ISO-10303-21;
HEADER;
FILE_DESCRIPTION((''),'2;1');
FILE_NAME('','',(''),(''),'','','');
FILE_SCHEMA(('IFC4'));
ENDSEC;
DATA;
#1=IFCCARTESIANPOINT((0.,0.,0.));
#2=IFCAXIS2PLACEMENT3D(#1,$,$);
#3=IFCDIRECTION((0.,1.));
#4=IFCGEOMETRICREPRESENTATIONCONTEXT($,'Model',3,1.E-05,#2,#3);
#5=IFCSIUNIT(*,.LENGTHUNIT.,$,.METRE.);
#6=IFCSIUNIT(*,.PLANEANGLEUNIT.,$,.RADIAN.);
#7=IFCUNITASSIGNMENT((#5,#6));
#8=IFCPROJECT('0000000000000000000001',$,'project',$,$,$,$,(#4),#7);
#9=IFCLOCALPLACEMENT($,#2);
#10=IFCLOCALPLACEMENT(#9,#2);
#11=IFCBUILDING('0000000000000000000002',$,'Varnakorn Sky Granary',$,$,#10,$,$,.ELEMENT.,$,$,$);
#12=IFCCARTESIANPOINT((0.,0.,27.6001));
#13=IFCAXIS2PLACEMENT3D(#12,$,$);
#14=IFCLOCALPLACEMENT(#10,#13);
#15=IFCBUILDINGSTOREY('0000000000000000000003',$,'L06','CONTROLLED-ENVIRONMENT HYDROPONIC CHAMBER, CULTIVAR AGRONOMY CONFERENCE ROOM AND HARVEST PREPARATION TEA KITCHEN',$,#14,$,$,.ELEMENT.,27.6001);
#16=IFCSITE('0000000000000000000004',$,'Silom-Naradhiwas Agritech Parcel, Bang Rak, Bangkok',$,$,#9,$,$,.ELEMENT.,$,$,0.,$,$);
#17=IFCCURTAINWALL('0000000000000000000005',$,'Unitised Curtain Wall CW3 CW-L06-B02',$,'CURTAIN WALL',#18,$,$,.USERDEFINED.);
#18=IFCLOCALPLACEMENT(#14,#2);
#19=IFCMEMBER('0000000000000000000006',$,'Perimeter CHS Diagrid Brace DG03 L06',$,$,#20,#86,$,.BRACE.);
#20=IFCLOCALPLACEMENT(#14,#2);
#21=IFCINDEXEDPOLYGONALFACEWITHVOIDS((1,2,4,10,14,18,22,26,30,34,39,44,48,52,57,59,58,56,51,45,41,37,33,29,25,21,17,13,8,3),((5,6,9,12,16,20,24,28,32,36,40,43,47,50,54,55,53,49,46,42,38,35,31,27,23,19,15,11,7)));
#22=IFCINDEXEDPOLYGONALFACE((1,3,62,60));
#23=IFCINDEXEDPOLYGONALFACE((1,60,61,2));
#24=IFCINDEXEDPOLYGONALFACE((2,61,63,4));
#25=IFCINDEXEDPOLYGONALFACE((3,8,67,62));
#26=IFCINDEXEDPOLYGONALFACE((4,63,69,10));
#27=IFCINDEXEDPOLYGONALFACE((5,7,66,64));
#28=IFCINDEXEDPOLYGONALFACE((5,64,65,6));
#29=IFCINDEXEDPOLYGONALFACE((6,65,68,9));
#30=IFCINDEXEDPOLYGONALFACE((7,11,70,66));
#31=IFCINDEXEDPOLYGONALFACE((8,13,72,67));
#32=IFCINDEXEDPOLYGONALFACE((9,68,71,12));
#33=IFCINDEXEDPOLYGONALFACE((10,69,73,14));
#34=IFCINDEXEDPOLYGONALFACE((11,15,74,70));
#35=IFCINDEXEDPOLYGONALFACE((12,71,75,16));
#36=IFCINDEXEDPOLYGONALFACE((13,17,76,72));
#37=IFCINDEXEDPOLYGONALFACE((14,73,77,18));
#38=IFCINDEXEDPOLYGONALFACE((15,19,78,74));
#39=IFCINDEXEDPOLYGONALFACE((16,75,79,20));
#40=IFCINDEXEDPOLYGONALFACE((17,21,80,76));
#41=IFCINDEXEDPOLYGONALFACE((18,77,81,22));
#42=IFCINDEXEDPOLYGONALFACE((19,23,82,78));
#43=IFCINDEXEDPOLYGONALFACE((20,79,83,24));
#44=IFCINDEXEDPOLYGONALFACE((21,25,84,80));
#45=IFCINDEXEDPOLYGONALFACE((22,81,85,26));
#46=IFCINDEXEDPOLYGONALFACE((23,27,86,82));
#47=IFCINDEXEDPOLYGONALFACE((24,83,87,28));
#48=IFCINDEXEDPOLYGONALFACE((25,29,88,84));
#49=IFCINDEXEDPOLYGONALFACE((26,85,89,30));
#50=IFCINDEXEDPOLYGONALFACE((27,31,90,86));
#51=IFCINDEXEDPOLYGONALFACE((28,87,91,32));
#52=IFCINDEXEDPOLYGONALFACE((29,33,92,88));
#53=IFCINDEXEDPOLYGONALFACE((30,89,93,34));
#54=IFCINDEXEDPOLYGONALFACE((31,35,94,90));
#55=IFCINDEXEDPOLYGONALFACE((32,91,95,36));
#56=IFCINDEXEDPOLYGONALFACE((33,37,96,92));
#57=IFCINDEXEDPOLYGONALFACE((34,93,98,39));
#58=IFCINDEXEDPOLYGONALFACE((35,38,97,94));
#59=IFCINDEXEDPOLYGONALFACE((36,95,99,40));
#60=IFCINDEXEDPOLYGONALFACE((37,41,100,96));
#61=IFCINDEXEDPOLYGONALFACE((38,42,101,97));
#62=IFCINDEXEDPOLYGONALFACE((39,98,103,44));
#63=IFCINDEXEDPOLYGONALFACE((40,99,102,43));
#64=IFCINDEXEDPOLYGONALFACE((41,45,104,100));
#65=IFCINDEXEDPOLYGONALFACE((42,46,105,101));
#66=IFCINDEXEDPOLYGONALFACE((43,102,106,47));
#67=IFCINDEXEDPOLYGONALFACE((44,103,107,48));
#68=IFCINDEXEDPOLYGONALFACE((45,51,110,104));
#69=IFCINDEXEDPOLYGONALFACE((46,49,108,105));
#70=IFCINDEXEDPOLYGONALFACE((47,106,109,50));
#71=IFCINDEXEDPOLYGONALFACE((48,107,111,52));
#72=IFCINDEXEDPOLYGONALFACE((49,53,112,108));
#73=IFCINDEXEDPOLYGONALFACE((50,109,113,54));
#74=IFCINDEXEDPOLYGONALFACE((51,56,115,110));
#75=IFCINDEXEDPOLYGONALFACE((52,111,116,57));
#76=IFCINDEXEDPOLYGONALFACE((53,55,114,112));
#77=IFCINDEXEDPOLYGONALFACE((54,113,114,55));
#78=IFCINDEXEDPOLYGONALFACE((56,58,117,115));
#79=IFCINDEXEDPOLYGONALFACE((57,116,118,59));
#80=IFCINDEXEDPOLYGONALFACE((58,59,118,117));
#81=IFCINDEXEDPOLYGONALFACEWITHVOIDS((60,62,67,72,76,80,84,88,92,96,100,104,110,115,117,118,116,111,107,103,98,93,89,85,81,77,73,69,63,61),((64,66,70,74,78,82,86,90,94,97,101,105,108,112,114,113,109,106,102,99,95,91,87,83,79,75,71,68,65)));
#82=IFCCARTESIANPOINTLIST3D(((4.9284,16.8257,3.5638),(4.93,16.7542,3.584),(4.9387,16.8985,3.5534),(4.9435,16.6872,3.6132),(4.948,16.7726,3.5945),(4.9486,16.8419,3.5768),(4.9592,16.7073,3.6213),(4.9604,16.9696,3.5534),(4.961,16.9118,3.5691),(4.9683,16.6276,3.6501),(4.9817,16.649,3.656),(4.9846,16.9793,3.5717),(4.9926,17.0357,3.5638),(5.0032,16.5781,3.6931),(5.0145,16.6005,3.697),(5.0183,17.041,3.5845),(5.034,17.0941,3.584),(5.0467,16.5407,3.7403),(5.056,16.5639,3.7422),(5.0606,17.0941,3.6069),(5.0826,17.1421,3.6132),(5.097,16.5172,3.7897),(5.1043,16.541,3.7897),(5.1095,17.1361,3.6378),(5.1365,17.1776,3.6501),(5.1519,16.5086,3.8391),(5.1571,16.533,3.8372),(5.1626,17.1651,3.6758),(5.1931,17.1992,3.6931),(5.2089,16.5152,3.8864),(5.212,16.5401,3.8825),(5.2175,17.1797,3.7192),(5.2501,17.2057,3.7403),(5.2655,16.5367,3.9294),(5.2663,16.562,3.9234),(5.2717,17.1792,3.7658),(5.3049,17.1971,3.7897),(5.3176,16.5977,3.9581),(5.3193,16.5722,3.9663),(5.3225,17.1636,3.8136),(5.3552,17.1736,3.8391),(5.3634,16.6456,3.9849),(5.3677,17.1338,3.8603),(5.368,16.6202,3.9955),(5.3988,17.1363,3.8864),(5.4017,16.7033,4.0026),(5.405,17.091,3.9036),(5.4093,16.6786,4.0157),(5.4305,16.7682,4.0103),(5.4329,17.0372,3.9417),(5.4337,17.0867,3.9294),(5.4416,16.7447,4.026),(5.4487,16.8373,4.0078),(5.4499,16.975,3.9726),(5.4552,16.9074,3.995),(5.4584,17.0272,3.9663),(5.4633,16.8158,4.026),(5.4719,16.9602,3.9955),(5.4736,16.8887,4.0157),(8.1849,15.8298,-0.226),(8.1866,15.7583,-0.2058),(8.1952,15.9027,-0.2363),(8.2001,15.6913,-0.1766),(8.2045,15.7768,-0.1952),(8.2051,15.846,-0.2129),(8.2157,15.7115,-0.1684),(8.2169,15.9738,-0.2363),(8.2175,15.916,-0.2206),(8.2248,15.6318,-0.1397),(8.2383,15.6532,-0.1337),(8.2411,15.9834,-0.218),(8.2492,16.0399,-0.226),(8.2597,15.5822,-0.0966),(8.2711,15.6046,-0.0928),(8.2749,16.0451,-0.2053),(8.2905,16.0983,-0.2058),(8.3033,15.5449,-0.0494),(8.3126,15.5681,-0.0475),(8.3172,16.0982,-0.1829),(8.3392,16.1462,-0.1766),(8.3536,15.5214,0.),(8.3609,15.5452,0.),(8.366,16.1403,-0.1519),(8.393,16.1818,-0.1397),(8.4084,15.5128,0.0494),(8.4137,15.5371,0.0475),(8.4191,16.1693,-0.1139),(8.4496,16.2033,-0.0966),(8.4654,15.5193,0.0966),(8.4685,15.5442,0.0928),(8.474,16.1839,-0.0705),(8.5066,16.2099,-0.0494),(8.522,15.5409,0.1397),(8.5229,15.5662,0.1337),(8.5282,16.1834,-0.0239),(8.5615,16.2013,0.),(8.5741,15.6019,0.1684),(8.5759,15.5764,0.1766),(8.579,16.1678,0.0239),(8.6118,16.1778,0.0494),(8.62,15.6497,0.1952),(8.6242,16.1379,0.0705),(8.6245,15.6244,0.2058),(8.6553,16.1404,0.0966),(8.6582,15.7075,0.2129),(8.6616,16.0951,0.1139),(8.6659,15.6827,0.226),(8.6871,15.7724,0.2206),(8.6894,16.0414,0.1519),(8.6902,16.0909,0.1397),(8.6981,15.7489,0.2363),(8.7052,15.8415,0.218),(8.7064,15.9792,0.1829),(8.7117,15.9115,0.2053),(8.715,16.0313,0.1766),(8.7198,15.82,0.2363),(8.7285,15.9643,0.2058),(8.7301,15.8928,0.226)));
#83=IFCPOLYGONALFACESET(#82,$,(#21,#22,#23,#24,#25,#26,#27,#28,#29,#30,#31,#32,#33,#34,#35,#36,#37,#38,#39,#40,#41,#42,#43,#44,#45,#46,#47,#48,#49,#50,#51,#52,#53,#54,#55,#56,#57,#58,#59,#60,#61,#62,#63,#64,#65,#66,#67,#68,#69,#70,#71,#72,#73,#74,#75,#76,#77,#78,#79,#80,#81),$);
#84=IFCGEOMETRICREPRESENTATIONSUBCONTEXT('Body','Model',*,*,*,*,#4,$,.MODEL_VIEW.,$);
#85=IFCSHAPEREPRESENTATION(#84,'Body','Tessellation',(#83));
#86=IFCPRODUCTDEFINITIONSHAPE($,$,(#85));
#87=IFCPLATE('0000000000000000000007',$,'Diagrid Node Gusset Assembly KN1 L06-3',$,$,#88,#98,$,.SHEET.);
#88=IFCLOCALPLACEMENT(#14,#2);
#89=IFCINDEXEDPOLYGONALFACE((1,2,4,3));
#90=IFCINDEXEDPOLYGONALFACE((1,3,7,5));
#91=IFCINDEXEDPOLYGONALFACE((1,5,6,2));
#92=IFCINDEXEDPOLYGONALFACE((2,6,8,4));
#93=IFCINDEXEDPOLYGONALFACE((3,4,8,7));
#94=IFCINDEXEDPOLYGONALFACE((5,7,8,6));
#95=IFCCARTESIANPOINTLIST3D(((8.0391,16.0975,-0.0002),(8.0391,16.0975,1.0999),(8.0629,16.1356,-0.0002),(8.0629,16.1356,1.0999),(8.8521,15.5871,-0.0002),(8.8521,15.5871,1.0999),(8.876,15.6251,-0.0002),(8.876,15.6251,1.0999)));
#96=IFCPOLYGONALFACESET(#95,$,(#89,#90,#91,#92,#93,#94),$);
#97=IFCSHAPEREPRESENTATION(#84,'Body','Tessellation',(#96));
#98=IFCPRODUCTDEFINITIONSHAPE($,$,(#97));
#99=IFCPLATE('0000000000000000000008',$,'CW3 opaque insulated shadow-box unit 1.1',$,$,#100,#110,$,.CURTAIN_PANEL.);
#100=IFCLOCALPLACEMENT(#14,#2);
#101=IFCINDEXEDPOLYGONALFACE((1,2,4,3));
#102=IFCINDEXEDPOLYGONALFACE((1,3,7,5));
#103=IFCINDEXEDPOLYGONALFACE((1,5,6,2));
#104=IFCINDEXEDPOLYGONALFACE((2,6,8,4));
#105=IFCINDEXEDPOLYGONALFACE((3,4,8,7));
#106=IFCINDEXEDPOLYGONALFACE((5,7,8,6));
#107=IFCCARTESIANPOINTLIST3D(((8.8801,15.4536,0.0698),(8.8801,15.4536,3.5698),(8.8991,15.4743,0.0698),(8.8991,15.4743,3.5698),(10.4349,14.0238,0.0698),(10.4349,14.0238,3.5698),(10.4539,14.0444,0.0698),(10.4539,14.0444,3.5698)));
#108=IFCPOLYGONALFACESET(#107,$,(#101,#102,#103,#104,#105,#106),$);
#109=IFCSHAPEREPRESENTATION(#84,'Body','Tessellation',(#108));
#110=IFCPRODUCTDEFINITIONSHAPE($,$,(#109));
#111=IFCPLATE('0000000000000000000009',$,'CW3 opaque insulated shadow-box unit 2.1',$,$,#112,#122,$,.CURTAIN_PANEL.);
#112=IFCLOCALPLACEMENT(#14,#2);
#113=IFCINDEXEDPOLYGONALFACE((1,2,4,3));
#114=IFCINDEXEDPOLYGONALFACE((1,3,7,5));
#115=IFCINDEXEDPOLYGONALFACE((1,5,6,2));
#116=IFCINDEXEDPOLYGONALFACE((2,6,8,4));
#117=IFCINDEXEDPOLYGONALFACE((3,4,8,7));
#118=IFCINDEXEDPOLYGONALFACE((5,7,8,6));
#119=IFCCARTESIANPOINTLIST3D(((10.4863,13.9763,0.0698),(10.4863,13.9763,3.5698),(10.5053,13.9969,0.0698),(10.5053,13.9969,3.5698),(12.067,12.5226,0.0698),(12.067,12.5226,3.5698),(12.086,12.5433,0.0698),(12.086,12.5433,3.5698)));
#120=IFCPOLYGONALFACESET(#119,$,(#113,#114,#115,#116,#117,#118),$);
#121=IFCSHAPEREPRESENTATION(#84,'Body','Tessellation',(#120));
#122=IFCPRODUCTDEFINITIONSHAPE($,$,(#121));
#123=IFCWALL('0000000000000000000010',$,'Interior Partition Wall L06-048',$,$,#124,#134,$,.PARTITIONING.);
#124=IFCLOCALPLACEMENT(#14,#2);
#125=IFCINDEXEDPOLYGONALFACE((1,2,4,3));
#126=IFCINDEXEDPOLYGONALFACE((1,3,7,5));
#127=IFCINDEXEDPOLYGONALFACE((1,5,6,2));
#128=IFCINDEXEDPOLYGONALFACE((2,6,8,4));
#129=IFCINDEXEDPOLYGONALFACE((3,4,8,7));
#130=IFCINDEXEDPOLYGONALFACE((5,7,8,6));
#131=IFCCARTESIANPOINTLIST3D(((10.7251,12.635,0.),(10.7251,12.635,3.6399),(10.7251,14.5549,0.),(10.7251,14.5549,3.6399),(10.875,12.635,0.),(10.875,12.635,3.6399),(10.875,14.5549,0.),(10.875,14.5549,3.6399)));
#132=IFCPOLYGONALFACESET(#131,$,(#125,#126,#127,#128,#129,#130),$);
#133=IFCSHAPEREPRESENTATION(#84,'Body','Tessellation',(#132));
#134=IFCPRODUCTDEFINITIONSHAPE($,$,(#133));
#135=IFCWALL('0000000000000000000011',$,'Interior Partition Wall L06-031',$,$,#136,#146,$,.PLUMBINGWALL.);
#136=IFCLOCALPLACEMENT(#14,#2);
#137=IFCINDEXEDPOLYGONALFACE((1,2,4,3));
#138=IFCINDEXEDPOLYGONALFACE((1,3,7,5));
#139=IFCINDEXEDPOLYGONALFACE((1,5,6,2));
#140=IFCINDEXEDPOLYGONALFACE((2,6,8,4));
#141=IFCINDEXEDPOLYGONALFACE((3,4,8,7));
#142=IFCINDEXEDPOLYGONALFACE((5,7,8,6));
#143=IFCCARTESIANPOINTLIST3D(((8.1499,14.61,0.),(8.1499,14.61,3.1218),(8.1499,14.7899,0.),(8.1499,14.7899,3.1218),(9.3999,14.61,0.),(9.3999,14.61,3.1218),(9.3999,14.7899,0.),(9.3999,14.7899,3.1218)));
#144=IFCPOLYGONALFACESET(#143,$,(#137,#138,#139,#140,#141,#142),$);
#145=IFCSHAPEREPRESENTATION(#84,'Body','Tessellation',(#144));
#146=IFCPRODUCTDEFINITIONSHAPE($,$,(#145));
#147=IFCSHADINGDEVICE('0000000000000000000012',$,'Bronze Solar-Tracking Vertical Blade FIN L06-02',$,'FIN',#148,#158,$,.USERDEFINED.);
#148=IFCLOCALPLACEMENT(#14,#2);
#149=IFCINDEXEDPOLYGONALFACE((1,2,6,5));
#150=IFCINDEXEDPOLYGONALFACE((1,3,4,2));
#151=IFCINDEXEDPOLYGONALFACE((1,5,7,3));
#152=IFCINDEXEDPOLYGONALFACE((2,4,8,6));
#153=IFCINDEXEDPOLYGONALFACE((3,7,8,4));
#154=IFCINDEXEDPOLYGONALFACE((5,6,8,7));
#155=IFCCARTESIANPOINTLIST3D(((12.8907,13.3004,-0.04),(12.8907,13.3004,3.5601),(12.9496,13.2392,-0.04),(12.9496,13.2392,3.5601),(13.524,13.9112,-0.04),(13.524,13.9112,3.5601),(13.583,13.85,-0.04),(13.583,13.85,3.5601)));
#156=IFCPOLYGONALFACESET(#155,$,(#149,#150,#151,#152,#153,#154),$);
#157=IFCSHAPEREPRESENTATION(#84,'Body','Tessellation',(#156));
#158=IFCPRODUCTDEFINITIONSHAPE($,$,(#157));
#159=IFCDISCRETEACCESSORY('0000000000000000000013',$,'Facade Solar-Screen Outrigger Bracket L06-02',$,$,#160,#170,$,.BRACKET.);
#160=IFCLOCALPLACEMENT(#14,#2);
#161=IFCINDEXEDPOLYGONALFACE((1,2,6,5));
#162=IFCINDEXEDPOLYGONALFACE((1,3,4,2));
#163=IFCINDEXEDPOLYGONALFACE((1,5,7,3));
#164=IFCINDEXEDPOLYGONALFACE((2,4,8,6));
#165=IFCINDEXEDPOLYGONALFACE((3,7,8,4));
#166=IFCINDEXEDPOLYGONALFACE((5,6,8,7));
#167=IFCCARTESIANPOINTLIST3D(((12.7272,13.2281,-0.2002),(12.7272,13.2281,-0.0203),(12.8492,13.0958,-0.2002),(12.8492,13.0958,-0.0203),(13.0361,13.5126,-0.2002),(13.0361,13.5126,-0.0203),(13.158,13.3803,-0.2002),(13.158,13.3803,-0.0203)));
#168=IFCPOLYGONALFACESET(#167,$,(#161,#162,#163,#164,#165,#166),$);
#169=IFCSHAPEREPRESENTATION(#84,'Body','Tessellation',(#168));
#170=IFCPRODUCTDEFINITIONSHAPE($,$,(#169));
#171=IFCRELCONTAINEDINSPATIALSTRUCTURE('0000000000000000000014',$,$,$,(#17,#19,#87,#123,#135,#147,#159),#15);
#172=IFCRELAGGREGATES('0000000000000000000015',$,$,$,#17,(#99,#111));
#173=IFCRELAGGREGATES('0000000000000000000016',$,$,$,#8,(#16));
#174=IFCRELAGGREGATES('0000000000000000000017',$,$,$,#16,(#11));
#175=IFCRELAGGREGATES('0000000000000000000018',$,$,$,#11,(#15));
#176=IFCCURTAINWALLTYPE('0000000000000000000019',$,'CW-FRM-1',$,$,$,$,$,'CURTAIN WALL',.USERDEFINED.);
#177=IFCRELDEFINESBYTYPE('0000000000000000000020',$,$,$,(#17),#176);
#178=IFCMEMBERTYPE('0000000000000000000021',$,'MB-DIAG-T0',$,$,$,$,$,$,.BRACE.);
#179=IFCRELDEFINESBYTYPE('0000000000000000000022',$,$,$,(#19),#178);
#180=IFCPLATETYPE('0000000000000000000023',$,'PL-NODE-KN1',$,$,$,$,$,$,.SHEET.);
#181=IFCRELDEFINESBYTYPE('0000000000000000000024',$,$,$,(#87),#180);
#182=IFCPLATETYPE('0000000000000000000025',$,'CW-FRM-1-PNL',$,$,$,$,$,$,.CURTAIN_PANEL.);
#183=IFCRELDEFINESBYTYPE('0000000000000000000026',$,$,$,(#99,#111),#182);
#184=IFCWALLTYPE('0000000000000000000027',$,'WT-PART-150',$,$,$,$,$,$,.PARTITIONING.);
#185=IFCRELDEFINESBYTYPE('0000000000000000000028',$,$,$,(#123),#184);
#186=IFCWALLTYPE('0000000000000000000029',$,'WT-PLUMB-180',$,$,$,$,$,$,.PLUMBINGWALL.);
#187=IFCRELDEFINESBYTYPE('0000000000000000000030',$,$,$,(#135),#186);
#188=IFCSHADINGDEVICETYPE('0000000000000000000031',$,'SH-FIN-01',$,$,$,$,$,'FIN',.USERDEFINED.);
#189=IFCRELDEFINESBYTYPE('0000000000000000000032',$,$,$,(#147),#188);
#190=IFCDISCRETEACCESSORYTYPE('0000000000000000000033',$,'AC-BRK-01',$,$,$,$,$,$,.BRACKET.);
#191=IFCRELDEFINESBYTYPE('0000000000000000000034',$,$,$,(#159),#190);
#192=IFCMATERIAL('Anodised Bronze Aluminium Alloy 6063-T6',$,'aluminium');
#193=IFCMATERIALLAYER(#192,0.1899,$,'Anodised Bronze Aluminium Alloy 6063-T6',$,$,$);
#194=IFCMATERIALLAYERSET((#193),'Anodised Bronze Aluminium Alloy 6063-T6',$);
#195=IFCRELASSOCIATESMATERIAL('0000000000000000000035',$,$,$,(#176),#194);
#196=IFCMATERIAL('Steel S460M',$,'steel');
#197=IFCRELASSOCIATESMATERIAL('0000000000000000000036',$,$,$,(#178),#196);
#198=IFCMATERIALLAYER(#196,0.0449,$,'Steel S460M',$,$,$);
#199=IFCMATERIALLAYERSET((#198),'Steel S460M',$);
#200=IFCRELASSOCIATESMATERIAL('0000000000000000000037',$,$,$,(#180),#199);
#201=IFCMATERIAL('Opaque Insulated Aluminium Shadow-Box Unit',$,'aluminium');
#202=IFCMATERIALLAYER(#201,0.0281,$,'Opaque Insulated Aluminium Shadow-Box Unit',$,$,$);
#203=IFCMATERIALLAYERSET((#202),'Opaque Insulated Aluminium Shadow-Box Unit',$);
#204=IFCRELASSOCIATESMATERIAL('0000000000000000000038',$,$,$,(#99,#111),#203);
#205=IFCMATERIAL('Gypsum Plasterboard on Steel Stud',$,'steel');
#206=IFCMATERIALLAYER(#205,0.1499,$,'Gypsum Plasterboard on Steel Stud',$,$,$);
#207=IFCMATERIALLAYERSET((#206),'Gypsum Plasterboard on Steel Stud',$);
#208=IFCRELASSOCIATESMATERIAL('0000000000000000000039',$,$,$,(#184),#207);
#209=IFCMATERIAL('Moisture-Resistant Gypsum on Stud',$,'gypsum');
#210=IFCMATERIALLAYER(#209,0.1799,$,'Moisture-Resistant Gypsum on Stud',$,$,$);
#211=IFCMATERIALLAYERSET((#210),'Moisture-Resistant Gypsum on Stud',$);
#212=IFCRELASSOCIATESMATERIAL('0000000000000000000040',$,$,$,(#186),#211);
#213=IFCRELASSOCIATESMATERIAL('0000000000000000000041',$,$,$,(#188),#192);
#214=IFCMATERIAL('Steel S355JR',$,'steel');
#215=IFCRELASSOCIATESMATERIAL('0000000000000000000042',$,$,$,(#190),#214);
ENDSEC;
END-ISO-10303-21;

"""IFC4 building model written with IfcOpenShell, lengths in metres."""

from ifc_helpers import new_model, si_unit, direction, frame, frame_2d, origin, origin_2d, place, context, subcontext, project, spatial, rectangle, hollow_circle, extrude, source, transform, mapped, material, layer, layer_set, material_profile, profile_set, type_object, type_shapes, element, aggregate, save


model = new_model("IFC4")

# Units and contexts
model_context = context("Model", 3, precision=1e-05, world=origin(), true_north=direction((0.0, 1.0)))
body_context = subcontext(model_context, "Body", "Model", "MODEL_VIEW")
ifc_project = project(units=[si_unit("LENGTHUNIT", "METRE"), si_unit("PLANEANGLEUNIT", "RADIAN")], contexts=[model_context])

# Site, building, storey
site_placement = place(None, origin())
site = spatial("IfcSite", under=ifc_project, at=site_placement, Name="Silom-Naradhiwas Agritech Parcel, Bang Rak, Bangkok", CompositionType="ELEMENT", RefElevation=0.0)
building_placement = place(site_placement, origin())
building = spatial("IfcBuilding", under=site, at=building_placement, Name="Varnakorn Sky Granary", CompositionType="ELEMENT")
storey_placement = place(building_placement, frame((0.0, 0.0, 27.6001)))
storey = spatial("IfcBuildingStorey", under=building, at=storey_placement, Name="L06", Description="CONTROLLED-ENVIRONMENT HYDROPONIC CHAMBER, CULTIVAR AGRONOMY CONFERENCE ROOM AND HARVEST PREPARATION TEA KITCHEN", CompositionType="ELEMENT", Elevation=27.6001)

# Shared definitions
ifc_material_1 = material(Name="Steel S460M", Category="steel")

# Shared definitions
ifc_material_2 = material(Name="Steel S355JR", Category="steel")

# Curtain wall
ifc_material_3 = material(Name="Anodised Bronze Aluminium Alloy 6063-T6", Category="aluminium")
ifc_layer_1 = layer(ifc_material_3, 0.1899, Name="Anodised Bronze Aluminium Alloy 6063-T6")
ifc_layer_set_1 = layer_set([ifc_layer_1], Name="Anodised Bronze Aluminium Alloy 6063-T6")
curtain_wall_type = type_object("IfcCurtainWallType", Name="CW-FRM-1", ElementType="CURTAIN WALL", PredefinedType="USERDEFINED", material=ifc_layer_set_1)
curtain_wall_placement = place(storey_placement, origin())
curtain_wall = element("IfcCurtainWall", 1, at=curtain_wall_placement, inside=storey, type_object=curtain_wall_type, Name="Unitised Curtain Wall CW3 CW-L06-B02", ObjectType="CURTAIN WALL", PredefinedType="USERDEFINED")

# Member
ifc_material_profile_1 = material_profile(ifc_material_1, hollow_circle(Radius=0.3555, WallThickness=0.0249, at=origin_2d()), Name="CHS 711x25")
ifc_profile_set_1 = profile_set([ifc_material_profile_1], Name="Steel S460M")
member_type_1 = type_object("IfcMemberType", Name="MB-DIAG-T0", PredefinedType="BRACE", material=ifc_profile_set_1)
member_1_placement = place(storey_placement, frame((8.4575, 15.8613, 0.0), z_axis=(-0.639166, 0.195454, 0.743817), x_axis=(-0.292428, -0.956288, 0.0)))
element("IfcMember", 2, at=member_1_placement, inside=storey, type_object=member_type_1, Name="Perimeter CHS Diagrid Brace DG03 L06", PredefinedType="BRACE", context=body_context, shape_type="SweptSolid", body=[
    extrude(hollow_circle(Radius=0.3555, WallThickness=0.0249, at=origin_2d()), origin(), (0.0, 0.0, 1.0), 5.095),
])

# Plates
ifc_layer_2 = layer(ifc_material_1, 0.0449, Name="Steel S460M")
ifc_layer_set_2 = layer_set([ifc_layer_2], Name="Steel S460M")
plate_type_1 = type_object("IfcPlateType", Name="PL-NODE-KN1", PredefinedType="SHEET", material=ifc_layer_set_2)
plate_1_placement = place(storey_placement, frame((8.4575, 15.8613, -0.0002), z_axis=(0.0, 0.0, 1.0), x_axis=(-0.846936, 0.531695, 0.0)))
element("IfcPlate", 3, at=plate_1_placement, inside=storey, type_object=plate_type_1, Name="Diagrid Node Gusset Assembly KN1 L06-3", PredefinedType="SHEET", context=body_context, shape_type="SweptSolid", body=[
    extrude(rectangle(XDim=0.96, YDim=0.0449, at=origin_2d()), origin(), (0.0, 0.0, 1.0), 1.1001),
])
ifc_material_4 = material(Name="Opaque Insulated Aluminium Shadow-Box Unit", Category="aluminium")
ifc_layer_3 = layer(ifc_material_4, 0.0281, Name="Opaque Insulated Aluminium Shadow-Box Unit")
ifc_layer_set_3 = layer_set([ifc_layer_3], Name="Opaque Insulated Aluminium Shadow-Box Unit")
plate_type_2 = type_object("IfcPlateType", Name="CW-FRM-1-PNL", PredefinedType="CURTAIN_PANEL")
shared_shape_1 = source(origin(), body_context, "Body", "SweptSolid", [
    extrude(rectangle(XDim=2.1123, YDim=0.0281, at=origin_2d()), origin(), (0.0, 0.0, 1.0), 3.5),
])
plate_2_placement = place(storey_placement, frame((9.667, 14.749, 0.0698), z_axis=(0.0, 0.0, 1.0), x_axis=(0.736062, -0.676914, 0.0)))
plate_2 = element("IfcPlate", 4, at=plate_2_placement, type_object=plate_type_2, material=ifc_layer_set_3, Name="CW3 opaque insulated shadow-box unit 1.1", PredefinedType="CURTAIN_PANEL", context=body_context, shape_type="MappedRepresentation", body=[
    mapped(shared_shape_1, transform((0.0, 0.0, 0.0), x_axis=(1.0, 0.0, 0.0), y_axis=(0.0, 1.0, 0.0), z_axis=(0.0, 0.0, 1.0), scale=1.0)),
])
shared_shape_2 = source(origin(), body_context, "Body", "SweptSolid", [
    extrude(rectangle(XDim=2.1475, YDim=0.0281, at=origin_2d()), origin(), (0.0, 0.0, 1.0), 3.5),
])
type_shapes(plate_type_2, [shared_shape_1, shared_shape_2])
plate_3_placement = place(storey_placement, frame((11.2861, 13.2598, 0.0698), z_axis=(0.0, 0.0, 1.0), x_axis=(0.736062, -0.676914, 0.0)))
plate_3 = element("IfcPlate", 5, at=plate_3_placement, type_object=plate_type_2, material=ifc_layer_set_3, Name="CW3 opaque insulated shadow-box unit 2.1", PredefinedType="CURTAIN_PANEL", context=body_context, shape_type="MappedRepresentation", body=[
    mapped(shared_shape_2, transform((0.0, 0.0, 0.0), x_axis=(1.0, 0.0, 0.0), y_axis=(0.0, 1.0, 0.0), z_axis=(0.0, 0.0, 1.0), scale=1.0)),
])
aggregate(curtain_wall, [plate_2, plate_3])

# Walls
ifc_material_5 = material(Name="Gypsum Plasterboard on Steel Stud", Category="steel")
ifc_layer_4 = layer(ifc_material_5, 0.1499, Name="Gypsum Plasterboard on Steel Stud")
ifc_layer_set_4 = layer_set([ifc_layer_4], Name="Gypsum Plasterboard on Steel Stud")
wall_type_1 = type_object("IfcWallType", Name="WT-PART-150", PredefinedType="PARTITIONING", material=ifc_layer_set_4)
wall_1_placement = place(storey_placement, frame((10.8, 12.635, 0.0), z_axis=(0.0, 0.0, 1.0), x_axis=(0.0, 1.0, 0.0)))
element("IfcWall", 6, at=wall_1_placement, inside=storey, type_object=wall_type_1, Name="Interior Partition Wall L06-048", PredefinedType="PARTITIONING", context=body_context, shape_type="SweptSolid", body=[
    extrude(rectangle(XDim=1.9199, YDim=0.1499, at=frame_2d((0.96, 0.0))), origin(), (0.0, 0.0, 1.0), 3.6399),
])
ifc_material_6 = material(Name="Moisture-Resistant Gypsum on Stud", Category="gypsum")
ifc_layer_5 = layer(ifc_material_6, 0.1799, Name="Moisture-Resistant Gypsum on Stud")
ifc_layer_set_5 = layer_set([ifc_layer_5], Name="Moisture-Resistant Gypsum on Stud")
wall_type_2 = type_object("IfcWallType", Name="WT-PLUMB-180", PredefinedType="PLUMBINGWALL", material=ifc_layer_set_5)
wall_2_placement = place(storey_placement, frame((9.3999, 14.7, 0.0), z_axis=(0.0, 0.0, 1.0), x_axis=(-1.0, 0.0, 0.0)))
element("IfcWall", 7, at=wall_2_placement, inside=storey, type_object=wall_type_2, Name="Interior Partition Wall L06-031", PredefinedType="PLUMBINGWALL", context=body_context, shape_type="SweptSolid", body=[
    extrude(rectangle(XDim=1.25, YDim=0.1799, at=frame_2d((0.625, 0.0))), origin(), (0.0, 0.0, 1.0), 3.1218),
])

# Shading device
shading_device_type = type_object("IfcShadingDeviceType", Name="SH-FIN-01", ElementType="FIN", PredefinedType="USERDEFINED", material=ifc_material_3)
shared_shape_3 = source(origin(), body_context, "Body", "SweptSolid", [
    extrude(rectangle(XDim=0.085, YDim=0.8799, at=origin_2d()), origin(), (0.0, 0.0, 1.0), 3.6001),
])
type_shapes(shading_device_type, [shared_shape_3])
shading_device_placement = place(storey_placement, frame((13.2368, 13.5752, -0.04), z_axis=(0.0, 0.0, 1.0), x_axis=(-0.694172, 0.719809, 0.0)))
element("IfcShadingDevice", 8, at=shading_device_placement, inside=storey, type_object=shading_device_type, Name="Bronze Solar-Tracking Vertical Blade FIN L06-02", ObjectType="FIN", PredefinedType="USERDEFINED", context=body_context, shape_type="MappedRepresentation", body=[
    mapped(shared_shape_3, transform((0.0, 0.0, 0.0), x_axis=(1.0, 0.0, 0.0), y_axis=(0.0, 1.0, 0.0), z_axis=(0.0, 0.0, 1.0), scale=1.0)),
])

# Discrete accessory
discrete_accessory_type = type_object("IfcDiscreteAccessoryType", Name="AC-BRK-01", PredefinedType="BRACKET", material=ifc_material_2)
shared_shape_4 = source(origin(), body_context, "Body", "SweptSolid", [
    extrude(rectangle(XDim=0.1799, YDim=0.4199, at=origin_2d()), origin(), (0.0, 0.0, 1.0), 0.1799),
])
type_shapes(discrete_accessory_type, [shared_shape_4])
discrete_accessory_placement = place(storey_placement, frame((12.9426, 13.3042, -0.2002), z_axis=(0.0, 0.0, 1.0), x_axis=(-0.677527, 0.735498, 0.0)))
element("IfcDiscreteAccessory", 9, at=discrete_accessory_placement, inside=storey, type_object=discrete_accessory_type, Name="Facade Solar-Screen Outrigger Bracket L06-02", PredefinedType="BRACKET", context=body_context, shape_type="MappedRepresentation", body=[
    mapped(shared_shape_4, transform((0.0, 0.0, 0.0), x_axis=(1.0, 0.0, 0.0), y_axis=(0.0, 1.0, 0.0), z_axis=(0.0, 0.0, 1.0), scale=1.0)),
])

save(model, "model.ifc")
